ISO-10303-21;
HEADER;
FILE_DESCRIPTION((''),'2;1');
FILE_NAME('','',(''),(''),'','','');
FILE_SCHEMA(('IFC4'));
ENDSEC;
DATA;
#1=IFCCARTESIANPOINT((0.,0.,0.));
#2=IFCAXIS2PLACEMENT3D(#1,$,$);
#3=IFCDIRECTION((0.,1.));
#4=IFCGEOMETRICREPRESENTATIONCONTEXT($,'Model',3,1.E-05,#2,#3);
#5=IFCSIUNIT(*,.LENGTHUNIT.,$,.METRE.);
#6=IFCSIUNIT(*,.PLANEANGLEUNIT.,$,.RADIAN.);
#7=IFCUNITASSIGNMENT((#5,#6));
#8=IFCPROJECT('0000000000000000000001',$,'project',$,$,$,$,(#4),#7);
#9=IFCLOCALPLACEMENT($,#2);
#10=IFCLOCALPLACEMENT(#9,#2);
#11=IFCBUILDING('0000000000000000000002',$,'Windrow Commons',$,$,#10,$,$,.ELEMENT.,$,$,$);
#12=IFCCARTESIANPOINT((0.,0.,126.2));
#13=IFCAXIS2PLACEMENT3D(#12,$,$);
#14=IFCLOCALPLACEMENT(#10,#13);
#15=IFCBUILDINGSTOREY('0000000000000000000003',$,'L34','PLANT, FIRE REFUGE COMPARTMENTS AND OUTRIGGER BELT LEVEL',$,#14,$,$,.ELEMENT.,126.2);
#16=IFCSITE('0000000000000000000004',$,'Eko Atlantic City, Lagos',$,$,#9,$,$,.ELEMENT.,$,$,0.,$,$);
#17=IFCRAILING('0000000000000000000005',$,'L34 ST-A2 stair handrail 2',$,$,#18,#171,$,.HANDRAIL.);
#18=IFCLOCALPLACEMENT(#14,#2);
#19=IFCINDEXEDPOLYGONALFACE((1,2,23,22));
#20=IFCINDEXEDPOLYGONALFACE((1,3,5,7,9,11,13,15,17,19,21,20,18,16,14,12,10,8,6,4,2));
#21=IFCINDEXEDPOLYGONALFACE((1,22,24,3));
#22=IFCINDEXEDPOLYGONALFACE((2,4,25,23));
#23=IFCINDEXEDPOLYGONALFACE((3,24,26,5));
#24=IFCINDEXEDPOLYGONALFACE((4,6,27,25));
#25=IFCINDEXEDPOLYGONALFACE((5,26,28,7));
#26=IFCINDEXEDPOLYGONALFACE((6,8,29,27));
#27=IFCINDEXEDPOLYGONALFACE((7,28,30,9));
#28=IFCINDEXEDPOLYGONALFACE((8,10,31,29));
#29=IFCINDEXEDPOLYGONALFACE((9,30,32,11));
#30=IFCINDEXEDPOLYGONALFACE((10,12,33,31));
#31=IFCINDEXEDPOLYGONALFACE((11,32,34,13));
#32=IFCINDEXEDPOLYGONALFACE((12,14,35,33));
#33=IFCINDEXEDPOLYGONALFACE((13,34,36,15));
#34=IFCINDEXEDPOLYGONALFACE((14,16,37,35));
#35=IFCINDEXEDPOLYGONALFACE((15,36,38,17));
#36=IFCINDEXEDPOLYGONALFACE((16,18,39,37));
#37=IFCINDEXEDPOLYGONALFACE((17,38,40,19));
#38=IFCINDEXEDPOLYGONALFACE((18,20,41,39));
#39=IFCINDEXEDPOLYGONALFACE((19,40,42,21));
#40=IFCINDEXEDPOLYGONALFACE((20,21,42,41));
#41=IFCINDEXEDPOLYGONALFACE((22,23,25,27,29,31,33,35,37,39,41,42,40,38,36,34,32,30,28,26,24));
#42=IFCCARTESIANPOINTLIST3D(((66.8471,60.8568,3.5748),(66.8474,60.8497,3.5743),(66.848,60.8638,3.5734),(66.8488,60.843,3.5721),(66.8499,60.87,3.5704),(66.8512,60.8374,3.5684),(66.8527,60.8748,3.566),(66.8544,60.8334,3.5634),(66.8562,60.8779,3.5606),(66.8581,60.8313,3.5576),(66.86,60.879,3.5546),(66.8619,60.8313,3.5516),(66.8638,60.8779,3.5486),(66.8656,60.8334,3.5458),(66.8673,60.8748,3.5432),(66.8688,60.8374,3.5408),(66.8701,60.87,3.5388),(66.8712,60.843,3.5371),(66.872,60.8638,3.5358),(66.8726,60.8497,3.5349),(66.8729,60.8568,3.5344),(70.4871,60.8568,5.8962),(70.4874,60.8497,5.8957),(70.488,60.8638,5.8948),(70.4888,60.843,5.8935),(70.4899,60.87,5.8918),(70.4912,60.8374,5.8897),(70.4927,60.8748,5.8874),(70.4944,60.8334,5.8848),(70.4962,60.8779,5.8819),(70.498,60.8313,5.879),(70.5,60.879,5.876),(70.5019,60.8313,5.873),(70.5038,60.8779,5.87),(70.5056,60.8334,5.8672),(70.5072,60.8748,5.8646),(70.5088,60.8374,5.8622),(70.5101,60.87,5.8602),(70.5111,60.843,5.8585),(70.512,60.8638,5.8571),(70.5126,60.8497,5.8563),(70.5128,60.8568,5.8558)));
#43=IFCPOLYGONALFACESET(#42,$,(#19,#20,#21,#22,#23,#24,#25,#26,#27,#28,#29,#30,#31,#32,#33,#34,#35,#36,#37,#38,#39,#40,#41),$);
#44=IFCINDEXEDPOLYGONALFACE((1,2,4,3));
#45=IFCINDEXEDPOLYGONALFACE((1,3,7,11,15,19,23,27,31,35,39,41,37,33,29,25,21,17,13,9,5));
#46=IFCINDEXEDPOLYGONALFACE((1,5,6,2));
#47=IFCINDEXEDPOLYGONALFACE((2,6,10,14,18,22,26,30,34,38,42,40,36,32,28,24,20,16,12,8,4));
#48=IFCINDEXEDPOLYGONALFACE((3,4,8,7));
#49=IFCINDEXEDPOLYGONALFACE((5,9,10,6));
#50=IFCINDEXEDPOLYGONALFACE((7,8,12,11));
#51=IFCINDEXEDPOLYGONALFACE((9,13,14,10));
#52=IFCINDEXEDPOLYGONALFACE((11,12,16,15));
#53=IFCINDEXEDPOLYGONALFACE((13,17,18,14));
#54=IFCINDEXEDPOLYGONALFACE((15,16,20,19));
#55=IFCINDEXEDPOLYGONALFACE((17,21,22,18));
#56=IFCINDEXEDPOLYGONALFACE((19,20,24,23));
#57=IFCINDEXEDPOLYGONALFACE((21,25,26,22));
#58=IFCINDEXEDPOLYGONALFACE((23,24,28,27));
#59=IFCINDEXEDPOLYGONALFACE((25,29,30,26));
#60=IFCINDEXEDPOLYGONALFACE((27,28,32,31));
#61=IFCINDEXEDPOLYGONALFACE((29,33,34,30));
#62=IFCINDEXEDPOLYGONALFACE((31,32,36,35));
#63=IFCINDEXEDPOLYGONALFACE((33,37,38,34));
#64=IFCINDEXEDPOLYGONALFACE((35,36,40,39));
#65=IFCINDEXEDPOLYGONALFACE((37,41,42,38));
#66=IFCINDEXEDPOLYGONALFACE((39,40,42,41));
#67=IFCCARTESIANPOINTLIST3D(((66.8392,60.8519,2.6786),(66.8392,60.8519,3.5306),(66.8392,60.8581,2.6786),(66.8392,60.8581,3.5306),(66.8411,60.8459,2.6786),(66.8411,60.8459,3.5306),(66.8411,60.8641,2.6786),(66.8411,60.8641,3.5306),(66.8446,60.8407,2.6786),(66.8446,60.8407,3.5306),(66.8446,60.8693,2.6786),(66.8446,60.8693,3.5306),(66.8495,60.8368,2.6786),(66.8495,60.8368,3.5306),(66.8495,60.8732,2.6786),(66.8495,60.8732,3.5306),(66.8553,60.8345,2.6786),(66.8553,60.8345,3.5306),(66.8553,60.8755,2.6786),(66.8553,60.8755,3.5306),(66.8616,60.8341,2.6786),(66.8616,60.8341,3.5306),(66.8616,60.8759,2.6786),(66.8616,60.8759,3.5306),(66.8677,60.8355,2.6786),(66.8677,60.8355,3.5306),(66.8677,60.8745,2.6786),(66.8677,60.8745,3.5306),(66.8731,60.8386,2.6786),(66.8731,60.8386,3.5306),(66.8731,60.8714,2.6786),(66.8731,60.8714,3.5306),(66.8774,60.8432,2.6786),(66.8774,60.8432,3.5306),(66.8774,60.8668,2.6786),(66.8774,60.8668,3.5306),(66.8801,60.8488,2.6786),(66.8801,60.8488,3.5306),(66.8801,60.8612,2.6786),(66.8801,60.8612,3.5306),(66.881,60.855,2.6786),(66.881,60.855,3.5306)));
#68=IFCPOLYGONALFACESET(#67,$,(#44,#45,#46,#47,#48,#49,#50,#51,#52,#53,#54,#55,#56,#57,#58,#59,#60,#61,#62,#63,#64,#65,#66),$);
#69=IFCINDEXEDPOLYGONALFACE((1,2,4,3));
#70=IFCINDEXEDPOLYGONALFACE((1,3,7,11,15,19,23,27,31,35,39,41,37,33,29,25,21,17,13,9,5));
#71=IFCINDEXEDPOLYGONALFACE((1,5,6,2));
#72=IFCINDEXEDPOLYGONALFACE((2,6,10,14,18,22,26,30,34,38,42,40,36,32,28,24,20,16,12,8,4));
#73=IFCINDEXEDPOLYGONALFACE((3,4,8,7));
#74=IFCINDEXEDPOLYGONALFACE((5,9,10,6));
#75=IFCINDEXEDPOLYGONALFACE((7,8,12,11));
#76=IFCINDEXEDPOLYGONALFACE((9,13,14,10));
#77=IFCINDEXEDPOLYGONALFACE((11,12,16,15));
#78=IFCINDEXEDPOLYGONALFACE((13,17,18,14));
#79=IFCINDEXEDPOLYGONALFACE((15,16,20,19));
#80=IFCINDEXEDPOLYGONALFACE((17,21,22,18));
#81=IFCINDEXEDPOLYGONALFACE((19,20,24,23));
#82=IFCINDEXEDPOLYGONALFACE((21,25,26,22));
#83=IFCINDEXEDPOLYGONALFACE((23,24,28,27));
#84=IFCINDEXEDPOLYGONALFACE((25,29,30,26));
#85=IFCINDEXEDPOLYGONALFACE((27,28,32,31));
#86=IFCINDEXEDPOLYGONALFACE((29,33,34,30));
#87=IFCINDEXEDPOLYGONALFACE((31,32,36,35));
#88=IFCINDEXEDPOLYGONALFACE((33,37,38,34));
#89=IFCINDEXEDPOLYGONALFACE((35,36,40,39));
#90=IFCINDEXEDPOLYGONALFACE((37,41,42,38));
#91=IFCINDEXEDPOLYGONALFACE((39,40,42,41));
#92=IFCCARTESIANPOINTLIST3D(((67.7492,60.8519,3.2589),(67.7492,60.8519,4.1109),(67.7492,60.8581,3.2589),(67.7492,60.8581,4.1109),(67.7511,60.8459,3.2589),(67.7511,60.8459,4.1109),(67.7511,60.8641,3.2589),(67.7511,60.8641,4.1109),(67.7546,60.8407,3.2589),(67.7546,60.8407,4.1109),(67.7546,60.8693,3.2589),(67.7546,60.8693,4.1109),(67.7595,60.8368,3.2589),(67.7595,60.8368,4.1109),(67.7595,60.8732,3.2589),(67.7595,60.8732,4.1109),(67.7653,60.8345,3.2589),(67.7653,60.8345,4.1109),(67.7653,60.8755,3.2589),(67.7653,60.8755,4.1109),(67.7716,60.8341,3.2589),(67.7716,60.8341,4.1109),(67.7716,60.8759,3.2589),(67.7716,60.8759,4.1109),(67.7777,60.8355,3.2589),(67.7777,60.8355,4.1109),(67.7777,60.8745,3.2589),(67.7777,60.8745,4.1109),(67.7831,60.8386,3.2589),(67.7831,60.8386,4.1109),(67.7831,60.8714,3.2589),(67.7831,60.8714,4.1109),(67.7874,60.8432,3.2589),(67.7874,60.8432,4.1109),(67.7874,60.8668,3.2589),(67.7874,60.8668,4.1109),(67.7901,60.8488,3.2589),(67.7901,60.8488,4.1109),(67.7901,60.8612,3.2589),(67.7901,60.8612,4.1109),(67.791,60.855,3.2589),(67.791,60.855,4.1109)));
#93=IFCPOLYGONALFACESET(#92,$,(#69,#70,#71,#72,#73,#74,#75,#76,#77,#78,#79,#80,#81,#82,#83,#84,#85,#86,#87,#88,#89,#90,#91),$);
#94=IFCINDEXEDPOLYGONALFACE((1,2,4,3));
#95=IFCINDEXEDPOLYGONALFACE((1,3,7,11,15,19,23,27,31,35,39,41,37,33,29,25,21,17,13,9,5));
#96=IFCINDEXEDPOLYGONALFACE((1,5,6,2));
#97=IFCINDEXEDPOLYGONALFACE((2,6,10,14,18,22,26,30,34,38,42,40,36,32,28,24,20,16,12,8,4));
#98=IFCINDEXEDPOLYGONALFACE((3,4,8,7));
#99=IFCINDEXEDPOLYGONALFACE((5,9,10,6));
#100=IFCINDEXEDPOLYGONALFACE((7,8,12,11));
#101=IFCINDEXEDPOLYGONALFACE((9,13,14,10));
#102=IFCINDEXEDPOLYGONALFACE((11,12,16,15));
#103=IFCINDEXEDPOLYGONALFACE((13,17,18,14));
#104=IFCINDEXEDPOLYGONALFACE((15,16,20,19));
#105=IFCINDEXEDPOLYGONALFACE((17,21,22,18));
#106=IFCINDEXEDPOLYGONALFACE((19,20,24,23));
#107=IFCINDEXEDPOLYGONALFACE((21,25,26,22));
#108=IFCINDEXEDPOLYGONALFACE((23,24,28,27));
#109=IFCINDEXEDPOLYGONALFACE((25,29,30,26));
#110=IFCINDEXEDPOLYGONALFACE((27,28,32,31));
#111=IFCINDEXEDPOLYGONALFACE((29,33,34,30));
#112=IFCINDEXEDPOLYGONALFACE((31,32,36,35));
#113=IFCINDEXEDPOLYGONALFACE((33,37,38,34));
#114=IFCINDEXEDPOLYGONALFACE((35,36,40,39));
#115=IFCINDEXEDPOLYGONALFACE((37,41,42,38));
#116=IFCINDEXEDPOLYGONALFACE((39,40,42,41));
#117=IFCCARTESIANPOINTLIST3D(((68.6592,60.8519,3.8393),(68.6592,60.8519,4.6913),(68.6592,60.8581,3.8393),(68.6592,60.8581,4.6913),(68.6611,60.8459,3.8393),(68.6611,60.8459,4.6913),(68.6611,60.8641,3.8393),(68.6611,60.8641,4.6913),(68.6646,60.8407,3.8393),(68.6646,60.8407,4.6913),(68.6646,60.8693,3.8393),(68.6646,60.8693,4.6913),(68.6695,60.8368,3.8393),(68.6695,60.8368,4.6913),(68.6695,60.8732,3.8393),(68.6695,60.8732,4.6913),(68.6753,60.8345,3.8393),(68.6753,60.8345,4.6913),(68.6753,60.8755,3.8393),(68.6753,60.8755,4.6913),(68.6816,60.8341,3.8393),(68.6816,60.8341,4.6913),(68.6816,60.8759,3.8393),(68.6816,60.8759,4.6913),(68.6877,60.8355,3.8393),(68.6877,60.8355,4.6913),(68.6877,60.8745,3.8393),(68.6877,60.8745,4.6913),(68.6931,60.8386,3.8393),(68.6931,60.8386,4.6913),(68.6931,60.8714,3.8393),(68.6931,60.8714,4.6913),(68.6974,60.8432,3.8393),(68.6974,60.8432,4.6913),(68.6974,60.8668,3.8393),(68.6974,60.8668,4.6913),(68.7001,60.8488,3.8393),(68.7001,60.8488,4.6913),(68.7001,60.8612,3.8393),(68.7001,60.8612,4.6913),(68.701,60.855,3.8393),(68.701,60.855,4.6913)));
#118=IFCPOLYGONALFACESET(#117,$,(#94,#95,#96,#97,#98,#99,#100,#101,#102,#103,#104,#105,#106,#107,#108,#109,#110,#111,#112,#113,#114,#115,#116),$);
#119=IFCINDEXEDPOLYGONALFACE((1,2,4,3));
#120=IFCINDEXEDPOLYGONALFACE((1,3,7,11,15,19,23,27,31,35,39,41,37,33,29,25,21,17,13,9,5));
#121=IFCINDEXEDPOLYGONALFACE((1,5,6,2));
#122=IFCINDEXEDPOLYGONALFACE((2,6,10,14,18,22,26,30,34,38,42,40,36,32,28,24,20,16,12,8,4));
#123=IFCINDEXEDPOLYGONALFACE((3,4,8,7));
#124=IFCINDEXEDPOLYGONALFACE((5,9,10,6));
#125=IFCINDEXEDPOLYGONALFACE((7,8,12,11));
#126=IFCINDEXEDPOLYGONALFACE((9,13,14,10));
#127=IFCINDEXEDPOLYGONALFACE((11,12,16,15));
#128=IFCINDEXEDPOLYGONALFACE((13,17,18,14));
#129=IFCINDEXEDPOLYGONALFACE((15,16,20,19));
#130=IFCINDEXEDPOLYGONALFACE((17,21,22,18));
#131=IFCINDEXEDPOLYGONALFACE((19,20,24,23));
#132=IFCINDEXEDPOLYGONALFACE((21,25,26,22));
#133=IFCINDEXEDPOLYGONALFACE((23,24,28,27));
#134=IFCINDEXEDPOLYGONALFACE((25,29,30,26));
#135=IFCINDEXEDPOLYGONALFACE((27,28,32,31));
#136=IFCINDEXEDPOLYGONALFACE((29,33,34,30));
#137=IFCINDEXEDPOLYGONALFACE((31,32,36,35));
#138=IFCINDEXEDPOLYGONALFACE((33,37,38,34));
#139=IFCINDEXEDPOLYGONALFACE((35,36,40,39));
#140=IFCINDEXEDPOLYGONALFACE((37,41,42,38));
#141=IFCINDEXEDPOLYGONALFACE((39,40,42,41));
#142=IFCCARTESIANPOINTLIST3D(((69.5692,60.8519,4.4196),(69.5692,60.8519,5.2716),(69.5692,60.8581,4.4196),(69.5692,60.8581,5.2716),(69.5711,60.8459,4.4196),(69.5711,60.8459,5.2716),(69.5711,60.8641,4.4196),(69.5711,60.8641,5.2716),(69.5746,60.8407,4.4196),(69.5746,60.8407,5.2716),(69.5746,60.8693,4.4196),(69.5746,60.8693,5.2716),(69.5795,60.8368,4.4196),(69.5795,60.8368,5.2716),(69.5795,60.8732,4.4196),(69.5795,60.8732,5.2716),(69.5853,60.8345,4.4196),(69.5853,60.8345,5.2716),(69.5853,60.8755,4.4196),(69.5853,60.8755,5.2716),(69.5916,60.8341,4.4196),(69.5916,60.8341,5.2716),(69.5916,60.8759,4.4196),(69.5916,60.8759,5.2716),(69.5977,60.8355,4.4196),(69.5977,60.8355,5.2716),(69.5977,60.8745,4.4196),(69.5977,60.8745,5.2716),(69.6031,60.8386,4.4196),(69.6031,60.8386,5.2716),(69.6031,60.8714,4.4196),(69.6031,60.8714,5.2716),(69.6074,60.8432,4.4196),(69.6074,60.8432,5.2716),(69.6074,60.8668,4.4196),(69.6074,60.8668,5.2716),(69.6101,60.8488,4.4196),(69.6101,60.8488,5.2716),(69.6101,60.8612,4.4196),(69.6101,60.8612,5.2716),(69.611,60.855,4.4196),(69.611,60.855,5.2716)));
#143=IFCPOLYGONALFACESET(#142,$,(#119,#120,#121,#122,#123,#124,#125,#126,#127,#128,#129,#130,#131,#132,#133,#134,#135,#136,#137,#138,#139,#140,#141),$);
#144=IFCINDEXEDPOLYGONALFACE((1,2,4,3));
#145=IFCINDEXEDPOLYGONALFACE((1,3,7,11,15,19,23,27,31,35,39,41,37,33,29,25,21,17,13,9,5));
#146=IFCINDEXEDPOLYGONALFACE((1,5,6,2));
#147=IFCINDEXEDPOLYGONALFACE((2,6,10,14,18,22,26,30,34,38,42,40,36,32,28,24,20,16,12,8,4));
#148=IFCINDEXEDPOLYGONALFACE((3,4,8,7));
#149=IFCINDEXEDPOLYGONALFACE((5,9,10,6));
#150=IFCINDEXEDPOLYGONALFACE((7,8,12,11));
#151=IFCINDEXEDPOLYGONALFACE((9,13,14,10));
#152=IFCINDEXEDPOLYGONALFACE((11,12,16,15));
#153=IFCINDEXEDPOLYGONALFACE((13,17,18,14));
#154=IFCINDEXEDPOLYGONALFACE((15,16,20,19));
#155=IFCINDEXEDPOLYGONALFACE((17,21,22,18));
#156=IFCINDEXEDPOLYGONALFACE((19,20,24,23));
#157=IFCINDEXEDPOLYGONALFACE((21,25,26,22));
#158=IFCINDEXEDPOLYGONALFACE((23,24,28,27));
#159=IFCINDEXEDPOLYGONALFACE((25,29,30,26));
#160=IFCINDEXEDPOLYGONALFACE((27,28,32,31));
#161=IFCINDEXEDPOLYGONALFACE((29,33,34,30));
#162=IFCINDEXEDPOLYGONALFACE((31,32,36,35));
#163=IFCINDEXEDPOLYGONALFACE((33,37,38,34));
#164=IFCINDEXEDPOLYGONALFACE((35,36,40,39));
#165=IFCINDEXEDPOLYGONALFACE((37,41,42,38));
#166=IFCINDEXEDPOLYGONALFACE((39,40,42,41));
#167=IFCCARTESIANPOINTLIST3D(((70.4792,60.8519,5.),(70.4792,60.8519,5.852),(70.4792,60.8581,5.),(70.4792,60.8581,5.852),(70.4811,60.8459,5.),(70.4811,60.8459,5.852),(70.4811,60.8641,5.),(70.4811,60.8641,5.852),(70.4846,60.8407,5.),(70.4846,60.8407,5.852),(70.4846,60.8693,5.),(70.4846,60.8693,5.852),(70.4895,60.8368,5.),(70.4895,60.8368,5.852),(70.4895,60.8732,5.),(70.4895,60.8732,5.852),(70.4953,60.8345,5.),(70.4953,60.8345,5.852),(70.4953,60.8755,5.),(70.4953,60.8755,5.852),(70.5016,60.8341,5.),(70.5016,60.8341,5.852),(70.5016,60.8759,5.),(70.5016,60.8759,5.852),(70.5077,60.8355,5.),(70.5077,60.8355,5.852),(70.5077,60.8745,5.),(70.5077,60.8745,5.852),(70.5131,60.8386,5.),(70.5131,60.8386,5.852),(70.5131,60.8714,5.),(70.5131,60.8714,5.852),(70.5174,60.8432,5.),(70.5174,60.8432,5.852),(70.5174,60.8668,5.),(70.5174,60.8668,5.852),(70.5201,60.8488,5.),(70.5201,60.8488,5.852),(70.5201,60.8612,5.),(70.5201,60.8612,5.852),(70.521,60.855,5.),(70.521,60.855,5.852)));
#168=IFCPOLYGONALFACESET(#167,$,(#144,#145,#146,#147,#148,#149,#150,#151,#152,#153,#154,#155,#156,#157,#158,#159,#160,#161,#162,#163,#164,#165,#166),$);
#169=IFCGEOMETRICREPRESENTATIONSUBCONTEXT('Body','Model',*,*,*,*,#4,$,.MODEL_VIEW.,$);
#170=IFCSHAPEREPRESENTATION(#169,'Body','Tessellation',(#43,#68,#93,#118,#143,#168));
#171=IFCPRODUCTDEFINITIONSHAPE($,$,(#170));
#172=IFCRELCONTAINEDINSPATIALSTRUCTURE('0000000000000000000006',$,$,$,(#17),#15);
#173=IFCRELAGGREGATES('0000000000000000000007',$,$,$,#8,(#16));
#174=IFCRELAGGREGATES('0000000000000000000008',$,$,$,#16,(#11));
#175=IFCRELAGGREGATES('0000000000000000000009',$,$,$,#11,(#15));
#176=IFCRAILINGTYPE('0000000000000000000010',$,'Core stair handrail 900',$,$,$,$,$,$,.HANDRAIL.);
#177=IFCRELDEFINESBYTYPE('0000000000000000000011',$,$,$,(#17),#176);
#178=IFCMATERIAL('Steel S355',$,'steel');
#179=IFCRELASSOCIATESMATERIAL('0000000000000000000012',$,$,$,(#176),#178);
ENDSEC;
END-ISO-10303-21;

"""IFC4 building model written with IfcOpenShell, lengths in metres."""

from ifc_helpers import new_model, si_unit, direction, frame, origin, origin_2d, place, context, subcontext, project, spatial, circle, extrude, material, type_object, element, save


model = new_model("IFC4")

# Units and contexts
model_context = context("Model", 3, precision=1e-05, world=origin(), true_north=direction((0.0, 1.0)))
body_context = subcontext(model_context, "Body", "Model", "MODEL_VIEW")
ifc_project = project(units=[si_unit("LENGTHUNIT", "METRE"), si_unit("PLANEANGLEUNIT", "RADIAN")], contexts=[model_context])

# Site, building, storey
site_placement = place(None, origin())
site = spatial("IfcSite", under=ifc_project, at=site_placement, Name="Eko Atlantic City, Lagos", CompositionType="ELEMENT", RefElevation=0.0)
building_placement = place(site_placement, origin())
building = spatial("IfcBuilding", under=site, at=building_placement, Name="Windrow Commons", CompositionType="ELEMENT")
storey_placement = place(building_placement, frame((0.0, 0.0, 126.2)))
storey = spatial("IfcBuildingStorey", under=building, at=storey_placement, Name="L34", Description="PLANT, FIRE REFUGE COMPARTMENTS AND OUTRIGGER BELT LEVEL", CompositionType="ELEMENT", Elevation=126.2)

# Railing
ifc_material_1 = material(Name="Steel S355", Category="steel")
railing_type_1 = type_object("IfcRailingType", Name="Core stair handrail 900", PredefinedType="HANDRAIL", material=ifc_material_1)
railing_1_placement = place(storey_placement, frame((66.86, 60.855, 2.6786)))
element("IfcRailing", 1, at=railing_1_placement, inside=storey, type_object=railing_type_1, Name="L34 ST-A2 stair handrail 2", PredefinedType="HANDRAIL", context=body_context, shape_type="SweptSolid", body=[
    extrude(circle(Radius=0.024, at=origin_2d()), frame((0.0, 0.0, 0.876), z_axis=(0.843133, 0.0, 0.537706), x_axis=(0.0, 1.0, 0.0)), (0.0, 0.0, 1.0), 4.3172),
    extrude(circle(Radius=0.021, at=origin_2d()), origin(), (0.0, 0.0, 1.0), 0.852),
    extrude(circle(Radius=0.021, at=origin_2d()), frame((0.91, 0.0, 0.5803)), (0.0, 0.0, 1.0), 0.852),
    extrude(circle(Radius=0.021, at=origin_2d()), frame((1.82, 0.0, 1.1607)), (0.0, 0.0, 1.0), 0.852),
    extrude(circle(Radius=0.021, at=origin_2d()), frame((2.73, 0.0, 1.741)), (0.0, 0.0, 1.0), 0.852),
    extrude(circle(Radius=0.021, at=origin_2d()), frame((3.64, 0.0, 2.3214)), (0.0, 0.0, 1.0), 0.852),
])

save(model, "model.ifc")
